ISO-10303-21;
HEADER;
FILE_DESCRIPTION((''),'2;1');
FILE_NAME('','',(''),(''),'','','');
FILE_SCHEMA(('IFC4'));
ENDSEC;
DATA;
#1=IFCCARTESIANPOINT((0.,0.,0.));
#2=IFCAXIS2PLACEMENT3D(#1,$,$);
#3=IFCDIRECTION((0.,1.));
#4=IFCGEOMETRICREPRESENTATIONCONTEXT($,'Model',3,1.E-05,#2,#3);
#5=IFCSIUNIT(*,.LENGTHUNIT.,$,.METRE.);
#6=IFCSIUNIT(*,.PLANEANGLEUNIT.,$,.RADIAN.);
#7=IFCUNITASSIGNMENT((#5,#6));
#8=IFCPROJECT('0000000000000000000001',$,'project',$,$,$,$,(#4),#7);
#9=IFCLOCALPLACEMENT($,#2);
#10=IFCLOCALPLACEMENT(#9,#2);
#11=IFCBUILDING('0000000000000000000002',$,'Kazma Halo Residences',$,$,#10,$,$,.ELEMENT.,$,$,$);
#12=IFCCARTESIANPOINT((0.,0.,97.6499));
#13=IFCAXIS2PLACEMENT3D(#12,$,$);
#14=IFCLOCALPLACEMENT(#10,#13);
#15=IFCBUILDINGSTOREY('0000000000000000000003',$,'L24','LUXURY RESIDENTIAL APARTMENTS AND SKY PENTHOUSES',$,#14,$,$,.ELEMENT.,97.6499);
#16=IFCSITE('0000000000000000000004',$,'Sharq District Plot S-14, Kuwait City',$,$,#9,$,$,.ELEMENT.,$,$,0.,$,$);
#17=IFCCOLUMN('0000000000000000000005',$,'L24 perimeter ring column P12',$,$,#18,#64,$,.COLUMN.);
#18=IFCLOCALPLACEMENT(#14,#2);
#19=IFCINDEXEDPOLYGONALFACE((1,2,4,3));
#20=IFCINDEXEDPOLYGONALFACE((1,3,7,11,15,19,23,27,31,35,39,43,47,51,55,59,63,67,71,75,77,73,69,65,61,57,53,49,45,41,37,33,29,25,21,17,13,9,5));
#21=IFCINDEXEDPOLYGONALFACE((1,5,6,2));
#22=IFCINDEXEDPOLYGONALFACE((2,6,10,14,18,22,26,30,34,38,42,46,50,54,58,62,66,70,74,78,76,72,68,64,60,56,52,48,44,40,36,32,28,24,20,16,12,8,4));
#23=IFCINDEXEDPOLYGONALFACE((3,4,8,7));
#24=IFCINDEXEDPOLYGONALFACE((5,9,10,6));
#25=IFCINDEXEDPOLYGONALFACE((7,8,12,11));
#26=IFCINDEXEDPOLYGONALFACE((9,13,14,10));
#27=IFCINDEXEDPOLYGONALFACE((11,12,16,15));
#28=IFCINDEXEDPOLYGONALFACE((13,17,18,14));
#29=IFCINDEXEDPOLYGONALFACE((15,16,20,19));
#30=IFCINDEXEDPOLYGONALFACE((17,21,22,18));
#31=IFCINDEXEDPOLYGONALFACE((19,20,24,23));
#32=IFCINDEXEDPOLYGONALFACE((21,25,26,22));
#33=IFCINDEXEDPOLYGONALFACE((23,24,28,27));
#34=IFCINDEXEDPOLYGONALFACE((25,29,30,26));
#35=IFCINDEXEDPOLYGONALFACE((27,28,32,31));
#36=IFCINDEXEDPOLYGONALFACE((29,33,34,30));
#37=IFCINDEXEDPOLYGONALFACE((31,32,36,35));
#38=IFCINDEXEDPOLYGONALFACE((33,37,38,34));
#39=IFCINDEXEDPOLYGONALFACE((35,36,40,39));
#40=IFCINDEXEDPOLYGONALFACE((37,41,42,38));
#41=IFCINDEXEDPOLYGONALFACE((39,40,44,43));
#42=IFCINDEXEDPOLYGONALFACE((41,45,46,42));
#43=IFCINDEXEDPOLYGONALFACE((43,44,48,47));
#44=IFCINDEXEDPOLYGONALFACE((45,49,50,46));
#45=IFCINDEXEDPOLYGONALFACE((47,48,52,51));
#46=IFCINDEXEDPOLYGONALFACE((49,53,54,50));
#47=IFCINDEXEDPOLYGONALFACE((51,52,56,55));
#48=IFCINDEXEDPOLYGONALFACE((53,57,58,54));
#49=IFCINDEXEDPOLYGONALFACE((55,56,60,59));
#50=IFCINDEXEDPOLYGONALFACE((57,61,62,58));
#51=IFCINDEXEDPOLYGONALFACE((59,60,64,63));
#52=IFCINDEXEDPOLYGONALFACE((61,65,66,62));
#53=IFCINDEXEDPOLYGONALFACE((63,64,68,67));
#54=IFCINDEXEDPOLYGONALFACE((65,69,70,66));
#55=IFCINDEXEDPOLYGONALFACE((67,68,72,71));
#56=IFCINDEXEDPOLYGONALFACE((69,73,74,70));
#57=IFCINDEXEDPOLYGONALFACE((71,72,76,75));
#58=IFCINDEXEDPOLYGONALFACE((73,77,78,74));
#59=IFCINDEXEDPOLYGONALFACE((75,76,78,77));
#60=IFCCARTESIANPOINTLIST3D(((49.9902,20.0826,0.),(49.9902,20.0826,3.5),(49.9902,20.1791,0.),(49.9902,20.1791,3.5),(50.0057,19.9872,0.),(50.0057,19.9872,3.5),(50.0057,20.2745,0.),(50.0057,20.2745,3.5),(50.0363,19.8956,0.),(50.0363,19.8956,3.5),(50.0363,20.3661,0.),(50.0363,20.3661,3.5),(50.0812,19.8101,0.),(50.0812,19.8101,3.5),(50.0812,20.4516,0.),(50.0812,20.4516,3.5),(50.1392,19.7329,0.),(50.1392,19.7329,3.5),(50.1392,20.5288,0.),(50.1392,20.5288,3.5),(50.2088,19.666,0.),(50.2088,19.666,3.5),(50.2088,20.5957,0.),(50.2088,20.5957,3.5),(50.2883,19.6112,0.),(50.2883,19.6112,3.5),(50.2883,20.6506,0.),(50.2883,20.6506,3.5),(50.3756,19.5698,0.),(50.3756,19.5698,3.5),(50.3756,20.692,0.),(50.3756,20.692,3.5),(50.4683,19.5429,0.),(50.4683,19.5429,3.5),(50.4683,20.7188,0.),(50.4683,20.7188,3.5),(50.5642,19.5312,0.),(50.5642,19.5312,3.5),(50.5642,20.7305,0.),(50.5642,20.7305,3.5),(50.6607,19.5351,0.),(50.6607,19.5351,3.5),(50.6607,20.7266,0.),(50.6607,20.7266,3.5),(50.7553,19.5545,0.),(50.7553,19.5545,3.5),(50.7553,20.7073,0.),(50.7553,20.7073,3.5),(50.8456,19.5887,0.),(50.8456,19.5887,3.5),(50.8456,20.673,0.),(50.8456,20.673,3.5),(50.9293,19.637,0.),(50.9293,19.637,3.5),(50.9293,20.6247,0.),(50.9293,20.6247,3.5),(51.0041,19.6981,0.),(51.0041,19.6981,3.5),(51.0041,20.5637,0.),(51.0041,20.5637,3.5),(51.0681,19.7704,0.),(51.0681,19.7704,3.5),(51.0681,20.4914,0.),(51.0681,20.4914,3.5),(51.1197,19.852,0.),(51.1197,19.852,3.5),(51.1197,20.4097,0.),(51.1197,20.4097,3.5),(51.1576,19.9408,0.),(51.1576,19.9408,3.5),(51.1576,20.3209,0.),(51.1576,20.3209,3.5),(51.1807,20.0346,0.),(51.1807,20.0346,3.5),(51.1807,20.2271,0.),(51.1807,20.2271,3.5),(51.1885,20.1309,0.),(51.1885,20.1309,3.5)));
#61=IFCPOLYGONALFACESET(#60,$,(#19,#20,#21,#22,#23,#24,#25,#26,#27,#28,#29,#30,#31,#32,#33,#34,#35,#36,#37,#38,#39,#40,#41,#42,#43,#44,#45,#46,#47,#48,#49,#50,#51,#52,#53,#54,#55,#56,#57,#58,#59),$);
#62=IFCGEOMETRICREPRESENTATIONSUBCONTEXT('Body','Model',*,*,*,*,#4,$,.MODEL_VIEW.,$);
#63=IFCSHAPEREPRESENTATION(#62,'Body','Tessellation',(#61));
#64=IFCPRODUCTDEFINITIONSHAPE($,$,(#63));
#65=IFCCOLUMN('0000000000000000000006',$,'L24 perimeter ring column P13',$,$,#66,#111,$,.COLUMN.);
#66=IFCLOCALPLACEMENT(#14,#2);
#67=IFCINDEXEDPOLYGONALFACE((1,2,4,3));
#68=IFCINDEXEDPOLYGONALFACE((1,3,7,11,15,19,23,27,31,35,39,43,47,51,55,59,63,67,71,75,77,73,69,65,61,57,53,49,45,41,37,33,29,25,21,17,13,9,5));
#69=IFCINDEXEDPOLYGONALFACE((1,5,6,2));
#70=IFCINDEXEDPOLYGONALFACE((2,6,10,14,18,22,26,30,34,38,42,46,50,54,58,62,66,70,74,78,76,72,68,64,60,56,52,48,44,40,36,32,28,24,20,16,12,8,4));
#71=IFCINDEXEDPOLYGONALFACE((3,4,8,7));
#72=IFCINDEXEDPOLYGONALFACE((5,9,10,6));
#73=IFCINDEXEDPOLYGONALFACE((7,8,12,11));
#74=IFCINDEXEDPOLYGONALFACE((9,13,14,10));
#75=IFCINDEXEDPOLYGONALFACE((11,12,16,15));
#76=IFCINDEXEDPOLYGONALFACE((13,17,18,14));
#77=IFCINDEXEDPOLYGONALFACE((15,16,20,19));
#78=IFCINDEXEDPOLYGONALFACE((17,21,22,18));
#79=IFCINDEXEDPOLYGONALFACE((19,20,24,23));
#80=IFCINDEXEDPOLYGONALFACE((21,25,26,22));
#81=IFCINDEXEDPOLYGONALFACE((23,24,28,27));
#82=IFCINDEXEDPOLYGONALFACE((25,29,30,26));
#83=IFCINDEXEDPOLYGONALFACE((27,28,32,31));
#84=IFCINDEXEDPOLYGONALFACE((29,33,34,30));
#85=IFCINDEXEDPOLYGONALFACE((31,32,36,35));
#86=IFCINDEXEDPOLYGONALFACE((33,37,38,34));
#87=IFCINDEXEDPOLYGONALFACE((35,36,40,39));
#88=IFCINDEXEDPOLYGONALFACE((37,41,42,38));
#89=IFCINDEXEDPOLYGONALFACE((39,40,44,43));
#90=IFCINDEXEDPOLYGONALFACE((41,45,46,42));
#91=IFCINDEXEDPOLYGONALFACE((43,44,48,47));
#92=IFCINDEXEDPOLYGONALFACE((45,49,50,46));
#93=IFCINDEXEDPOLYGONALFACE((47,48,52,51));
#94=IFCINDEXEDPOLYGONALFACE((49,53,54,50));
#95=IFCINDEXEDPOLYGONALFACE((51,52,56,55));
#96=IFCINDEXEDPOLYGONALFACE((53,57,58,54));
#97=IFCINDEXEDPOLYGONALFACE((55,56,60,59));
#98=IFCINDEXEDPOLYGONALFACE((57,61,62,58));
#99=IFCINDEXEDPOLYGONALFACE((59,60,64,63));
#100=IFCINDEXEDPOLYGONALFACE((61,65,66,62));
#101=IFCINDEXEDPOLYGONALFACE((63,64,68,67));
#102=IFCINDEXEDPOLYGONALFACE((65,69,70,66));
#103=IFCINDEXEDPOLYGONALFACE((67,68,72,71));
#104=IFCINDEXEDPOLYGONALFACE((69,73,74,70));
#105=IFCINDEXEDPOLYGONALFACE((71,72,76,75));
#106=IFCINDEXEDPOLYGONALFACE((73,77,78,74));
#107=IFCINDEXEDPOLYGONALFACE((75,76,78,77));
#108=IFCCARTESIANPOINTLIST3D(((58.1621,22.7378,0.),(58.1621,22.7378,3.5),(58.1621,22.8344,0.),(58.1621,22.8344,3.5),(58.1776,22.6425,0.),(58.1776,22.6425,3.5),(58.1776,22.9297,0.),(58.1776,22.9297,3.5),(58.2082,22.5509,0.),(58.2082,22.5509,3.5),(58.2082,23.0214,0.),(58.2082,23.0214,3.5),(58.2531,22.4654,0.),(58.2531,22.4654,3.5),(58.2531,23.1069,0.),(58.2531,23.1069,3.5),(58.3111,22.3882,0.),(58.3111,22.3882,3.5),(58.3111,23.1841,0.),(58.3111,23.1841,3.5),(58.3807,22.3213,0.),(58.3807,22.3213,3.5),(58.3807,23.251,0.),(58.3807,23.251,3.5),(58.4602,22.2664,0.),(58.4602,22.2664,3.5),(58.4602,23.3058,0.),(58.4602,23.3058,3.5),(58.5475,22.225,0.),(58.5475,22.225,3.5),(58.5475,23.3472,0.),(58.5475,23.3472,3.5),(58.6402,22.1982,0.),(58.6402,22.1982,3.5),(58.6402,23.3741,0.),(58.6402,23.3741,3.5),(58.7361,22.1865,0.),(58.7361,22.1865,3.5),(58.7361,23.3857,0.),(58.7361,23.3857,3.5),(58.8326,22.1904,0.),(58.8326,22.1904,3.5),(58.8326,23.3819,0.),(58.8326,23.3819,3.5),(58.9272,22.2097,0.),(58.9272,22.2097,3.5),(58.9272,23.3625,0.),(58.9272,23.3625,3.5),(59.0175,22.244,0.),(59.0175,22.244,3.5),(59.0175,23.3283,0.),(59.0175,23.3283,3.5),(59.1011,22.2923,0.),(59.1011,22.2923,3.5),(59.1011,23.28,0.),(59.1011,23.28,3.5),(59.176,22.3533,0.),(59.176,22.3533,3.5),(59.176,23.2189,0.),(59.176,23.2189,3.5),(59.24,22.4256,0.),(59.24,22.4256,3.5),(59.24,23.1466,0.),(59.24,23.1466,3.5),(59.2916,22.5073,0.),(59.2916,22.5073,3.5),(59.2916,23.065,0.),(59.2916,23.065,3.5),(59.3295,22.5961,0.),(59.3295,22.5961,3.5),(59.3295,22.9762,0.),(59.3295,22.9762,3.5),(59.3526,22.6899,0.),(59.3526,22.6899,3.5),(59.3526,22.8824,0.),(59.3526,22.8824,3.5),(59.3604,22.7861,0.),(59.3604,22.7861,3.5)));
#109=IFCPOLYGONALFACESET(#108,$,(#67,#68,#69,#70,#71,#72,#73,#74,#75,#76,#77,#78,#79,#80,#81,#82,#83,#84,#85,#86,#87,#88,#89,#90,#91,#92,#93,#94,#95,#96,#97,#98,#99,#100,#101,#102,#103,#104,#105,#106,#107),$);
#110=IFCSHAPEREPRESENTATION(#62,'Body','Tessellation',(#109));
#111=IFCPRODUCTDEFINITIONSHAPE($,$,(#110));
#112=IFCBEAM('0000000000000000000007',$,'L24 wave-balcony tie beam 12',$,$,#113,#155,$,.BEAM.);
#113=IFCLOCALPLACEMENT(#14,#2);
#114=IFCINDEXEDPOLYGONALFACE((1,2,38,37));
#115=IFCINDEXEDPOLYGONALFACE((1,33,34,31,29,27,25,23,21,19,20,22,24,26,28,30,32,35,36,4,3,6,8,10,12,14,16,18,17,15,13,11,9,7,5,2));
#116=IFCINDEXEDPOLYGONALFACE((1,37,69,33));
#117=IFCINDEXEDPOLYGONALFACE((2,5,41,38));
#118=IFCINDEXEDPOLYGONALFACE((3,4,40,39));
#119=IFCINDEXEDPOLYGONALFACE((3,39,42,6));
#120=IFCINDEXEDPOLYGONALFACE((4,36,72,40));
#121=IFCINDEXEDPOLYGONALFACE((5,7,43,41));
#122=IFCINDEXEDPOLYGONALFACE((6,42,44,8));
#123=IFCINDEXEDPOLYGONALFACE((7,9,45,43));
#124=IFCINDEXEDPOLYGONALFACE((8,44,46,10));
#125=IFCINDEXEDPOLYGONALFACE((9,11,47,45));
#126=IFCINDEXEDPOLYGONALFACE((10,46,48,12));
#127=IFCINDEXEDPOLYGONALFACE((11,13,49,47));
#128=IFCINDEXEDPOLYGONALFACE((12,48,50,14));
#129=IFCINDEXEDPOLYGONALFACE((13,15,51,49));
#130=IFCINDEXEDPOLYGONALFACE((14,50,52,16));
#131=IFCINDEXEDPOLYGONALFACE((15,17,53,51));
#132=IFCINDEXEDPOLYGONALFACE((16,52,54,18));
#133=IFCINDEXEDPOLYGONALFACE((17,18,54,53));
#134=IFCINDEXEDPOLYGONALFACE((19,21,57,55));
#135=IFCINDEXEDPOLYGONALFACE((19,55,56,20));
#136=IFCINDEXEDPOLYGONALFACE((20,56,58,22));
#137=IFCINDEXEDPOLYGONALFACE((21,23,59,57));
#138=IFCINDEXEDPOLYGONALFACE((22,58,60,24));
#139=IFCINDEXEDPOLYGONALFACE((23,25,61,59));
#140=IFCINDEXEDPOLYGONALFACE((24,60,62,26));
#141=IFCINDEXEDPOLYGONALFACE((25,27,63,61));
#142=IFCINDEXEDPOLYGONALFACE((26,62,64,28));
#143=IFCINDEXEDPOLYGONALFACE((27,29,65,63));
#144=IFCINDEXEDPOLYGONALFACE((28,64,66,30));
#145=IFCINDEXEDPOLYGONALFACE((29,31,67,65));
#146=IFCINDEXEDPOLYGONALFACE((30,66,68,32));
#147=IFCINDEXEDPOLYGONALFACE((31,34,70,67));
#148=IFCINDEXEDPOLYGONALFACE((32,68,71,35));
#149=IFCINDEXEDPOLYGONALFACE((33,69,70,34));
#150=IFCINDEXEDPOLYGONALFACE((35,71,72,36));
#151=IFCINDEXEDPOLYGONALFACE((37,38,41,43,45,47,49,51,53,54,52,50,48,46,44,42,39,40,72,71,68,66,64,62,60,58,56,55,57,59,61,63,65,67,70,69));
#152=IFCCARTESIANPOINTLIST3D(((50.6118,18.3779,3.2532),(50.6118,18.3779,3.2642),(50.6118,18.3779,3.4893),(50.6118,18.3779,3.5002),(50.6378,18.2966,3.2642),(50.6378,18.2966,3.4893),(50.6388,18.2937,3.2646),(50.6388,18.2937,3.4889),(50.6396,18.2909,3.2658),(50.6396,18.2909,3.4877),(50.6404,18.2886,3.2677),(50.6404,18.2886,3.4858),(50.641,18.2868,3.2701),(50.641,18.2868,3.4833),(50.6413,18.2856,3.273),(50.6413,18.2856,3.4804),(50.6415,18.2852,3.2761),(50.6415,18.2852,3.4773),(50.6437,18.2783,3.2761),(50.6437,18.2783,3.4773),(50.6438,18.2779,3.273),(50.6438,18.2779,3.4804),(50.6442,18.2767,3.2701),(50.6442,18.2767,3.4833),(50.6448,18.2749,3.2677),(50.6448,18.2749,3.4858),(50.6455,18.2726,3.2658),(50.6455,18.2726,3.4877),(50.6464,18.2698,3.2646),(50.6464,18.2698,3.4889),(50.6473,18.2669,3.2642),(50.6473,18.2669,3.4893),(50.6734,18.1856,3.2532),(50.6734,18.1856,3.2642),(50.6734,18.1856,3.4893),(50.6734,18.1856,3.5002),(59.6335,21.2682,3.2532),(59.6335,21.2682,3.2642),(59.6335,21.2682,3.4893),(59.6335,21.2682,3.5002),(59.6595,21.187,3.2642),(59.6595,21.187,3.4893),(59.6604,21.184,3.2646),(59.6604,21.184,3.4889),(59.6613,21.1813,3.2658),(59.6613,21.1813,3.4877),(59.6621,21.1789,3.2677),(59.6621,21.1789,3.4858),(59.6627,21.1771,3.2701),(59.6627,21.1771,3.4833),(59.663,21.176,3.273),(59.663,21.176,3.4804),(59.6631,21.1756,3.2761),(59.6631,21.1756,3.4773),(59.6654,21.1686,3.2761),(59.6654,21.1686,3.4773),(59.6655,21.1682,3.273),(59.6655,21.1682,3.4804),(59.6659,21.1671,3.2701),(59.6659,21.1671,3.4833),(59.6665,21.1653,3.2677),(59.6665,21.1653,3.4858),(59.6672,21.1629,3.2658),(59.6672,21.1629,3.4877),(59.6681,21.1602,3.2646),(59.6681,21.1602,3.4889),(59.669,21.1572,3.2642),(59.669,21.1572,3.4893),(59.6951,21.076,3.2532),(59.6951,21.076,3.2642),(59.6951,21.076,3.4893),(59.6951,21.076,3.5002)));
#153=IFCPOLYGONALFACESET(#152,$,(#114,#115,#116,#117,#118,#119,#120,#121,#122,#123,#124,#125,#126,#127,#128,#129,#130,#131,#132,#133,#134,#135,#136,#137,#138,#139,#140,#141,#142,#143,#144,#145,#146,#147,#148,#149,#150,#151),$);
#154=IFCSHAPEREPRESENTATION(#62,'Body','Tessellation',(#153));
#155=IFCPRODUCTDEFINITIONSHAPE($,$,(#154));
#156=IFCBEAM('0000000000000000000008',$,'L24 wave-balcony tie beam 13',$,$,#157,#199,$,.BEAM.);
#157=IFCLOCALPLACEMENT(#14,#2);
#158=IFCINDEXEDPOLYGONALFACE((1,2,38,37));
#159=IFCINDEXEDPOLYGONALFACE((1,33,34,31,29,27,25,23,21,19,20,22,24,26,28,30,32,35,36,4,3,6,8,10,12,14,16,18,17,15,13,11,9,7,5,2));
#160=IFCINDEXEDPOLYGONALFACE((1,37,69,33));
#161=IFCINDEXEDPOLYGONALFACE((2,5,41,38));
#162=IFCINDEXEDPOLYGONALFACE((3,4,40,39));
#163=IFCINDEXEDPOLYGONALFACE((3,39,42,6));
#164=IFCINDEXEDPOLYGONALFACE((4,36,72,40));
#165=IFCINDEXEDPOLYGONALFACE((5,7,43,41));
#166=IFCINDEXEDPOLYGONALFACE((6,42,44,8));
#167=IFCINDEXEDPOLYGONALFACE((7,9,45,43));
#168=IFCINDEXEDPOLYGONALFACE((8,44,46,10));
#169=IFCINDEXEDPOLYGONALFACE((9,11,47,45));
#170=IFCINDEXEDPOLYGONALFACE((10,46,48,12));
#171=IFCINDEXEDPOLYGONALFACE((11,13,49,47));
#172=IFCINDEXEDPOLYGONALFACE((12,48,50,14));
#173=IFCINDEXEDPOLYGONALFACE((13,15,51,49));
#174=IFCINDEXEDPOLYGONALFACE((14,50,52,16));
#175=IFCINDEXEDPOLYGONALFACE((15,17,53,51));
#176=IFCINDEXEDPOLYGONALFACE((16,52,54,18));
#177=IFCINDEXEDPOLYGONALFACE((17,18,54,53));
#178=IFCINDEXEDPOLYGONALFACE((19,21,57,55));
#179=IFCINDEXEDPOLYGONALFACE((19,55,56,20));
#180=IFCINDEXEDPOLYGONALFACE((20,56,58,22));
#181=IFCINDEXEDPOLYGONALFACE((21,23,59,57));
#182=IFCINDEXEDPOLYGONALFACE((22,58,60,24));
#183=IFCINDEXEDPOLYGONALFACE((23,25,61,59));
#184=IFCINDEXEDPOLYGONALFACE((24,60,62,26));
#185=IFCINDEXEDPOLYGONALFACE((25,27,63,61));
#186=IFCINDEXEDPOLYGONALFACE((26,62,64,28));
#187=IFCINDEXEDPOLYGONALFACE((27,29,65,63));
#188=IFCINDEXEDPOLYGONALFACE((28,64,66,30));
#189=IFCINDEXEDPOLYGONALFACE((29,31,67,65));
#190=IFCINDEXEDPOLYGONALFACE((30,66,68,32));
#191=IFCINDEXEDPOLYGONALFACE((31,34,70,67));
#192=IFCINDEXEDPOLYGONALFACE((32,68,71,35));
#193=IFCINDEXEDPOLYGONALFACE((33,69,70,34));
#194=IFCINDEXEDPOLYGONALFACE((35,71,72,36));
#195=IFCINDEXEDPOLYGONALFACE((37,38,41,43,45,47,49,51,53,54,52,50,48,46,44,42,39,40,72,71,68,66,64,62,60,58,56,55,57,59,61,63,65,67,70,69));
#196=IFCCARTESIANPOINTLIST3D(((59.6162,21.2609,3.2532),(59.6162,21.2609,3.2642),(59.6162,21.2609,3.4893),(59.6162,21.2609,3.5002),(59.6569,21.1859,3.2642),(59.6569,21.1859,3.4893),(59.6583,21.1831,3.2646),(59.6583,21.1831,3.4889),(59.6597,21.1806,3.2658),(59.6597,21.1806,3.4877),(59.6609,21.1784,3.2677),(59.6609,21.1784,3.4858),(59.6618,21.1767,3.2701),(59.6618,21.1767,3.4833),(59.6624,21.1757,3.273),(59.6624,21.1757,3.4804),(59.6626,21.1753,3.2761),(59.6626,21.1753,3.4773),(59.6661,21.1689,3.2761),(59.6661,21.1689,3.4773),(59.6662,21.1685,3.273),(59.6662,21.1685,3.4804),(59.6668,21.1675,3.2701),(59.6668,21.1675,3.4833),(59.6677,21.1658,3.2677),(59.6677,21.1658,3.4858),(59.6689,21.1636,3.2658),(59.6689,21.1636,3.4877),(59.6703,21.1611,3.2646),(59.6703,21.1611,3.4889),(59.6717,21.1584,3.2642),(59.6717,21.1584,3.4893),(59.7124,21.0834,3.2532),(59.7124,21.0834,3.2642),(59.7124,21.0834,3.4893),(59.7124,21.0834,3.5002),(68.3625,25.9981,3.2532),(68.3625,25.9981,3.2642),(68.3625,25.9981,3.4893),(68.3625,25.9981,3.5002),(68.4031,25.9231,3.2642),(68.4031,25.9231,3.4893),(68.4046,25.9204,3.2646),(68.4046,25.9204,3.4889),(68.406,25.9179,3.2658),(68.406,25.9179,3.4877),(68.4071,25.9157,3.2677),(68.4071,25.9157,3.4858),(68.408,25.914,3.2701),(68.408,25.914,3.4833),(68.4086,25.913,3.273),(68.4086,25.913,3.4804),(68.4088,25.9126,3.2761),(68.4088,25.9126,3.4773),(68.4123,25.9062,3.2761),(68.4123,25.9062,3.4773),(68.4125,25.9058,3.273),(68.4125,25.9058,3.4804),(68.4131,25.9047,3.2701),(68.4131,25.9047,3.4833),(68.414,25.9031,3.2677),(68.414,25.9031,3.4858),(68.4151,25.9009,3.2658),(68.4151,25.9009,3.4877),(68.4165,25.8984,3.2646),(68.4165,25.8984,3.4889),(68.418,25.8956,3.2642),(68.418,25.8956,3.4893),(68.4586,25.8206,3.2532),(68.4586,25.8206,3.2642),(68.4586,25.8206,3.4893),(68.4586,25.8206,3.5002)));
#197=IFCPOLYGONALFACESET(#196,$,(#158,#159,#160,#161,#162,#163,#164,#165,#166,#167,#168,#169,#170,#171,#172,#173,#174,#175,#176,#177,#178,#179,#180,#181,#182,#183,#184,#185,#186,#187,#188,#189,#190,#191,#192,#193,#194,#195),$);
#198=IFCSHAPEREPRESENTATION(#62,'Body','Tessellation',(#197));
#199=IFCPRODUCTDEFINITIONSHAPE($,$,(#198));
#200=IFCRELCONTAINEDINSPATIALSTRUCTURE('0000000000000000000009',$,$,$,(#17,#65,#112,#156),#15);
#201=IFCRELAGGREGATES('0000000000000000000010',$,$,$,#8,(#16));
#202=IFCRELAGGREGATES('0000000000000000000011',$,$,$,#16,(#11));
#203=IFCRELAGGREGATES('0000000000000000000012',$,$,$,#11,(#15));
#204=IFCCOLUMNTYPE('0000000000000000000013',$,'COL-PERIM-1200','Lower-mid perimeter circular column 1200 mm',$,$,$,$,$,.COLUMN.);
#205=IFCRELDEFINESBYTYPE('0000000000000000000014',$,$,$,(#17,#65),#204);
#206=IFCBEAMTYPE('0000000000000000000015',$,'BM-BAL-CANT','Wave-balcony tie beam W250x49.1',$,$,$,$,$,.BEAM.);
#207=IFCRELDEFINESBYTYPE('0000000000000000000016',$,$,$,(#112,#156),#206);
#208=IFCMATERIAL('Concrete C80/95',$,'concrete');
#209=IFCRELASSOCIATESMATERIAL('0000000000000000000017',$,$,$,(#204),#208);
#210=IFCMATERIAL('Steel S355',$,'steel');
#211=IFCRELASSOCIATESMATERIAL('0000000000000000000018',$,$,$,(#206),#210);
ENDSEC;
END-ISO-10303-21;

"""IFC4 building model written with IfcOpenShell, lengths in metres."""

from ifc_helpers import new_model, si_unit, direction, frame, origin, origin_2d, place, context, subcontext, project, spatial, circle, i_section, extrude, material, material_profile, profile_set, type_object, element, save


model = new_model("IFC4")

# Units and contexts
model_context = context("Model", 3, precision=1e-05, world=origin(), true_north=direction((0.0, 1.0)))
body_context = subcontext(model_context, "Body", "Model", "MODEL_VIEW")
ifc_project = project(units=[si_unit("LENGTHUNIT", "METRE"), si_unit("PLANEANGLEUNIT", "RADIAN")], contexts=[model_context])

# Site, building, storey
site_placement = place(None, origin())
site = spatial("IfcSite", under=ifc_project, at=site_placement, Name="Sharq District Plot S-14, Kuwait City", CompositionType="ELEMENT", RefElevation=0.0)
building_placement = place(site_placement, origin())
building = spatial("IfcBuilding", under=site, at=building_placement, Name="Kazma Halo Residences", CompositionType="ELEMENT")
storey_placement = place(building_placement, frame((0.0, 0.0, 97.6499)))
storey = spatial("IfcBuildingStorey", under=building, at=storey_placement, Name="L24", Description="LUXURY RESIDENTIAL APARTMENTS AND SKY PENTHOUSES", CompositionType="ELEMENT", Elevation=97.6499)

# Columns
ifc_material_1 = material(Name="Concrete C80/95", Category="concrete")
ifc_material_profile_1 = material_profile(ifc_material_1, circle(Radius=0.6001, at=origin_2d()), Name="CIRC1200")
ifc_profile_set_1 = profile_set([ifc_material_profile_1], Name="Concrete C80/95")
column_type = type_object("IfcColumnType", Name="COL-PERIM-1200", Description="Lower-mid perimeter circular column 1200 mm", PredefinedType="COLUMN", material=ifc_profile_set_1)
for number, where, z_axis, x_axis, name in (
    (1, (50.5884, 20.1309, 0.0), (0.0, 0.0, 1.0), (1.0, 0.0, 0.0), "L24 perimeter ring column P12"),
    (2, (58.7603, 22.7861, 0.0), (0.0, 0.0, 1.0), (1.0, 0.0, 0.0), "L24 perimeter ring column P13"),
):
    element("IfcColumn", number, at=place(storey_placement, frame(where, z_axis=z_axis, x_axis=x_axis)), inside=storey, type_object=column_type, Name=name, PredefinedType="COLUMN", context=body_context, shape_type="SweptSolid", body=[
        extrude(circle(Radius=0.6001, at=origin_2d()), origin(), (0.0, 0.0, 1.0), 3.5),
    ])

# Beams
ifc_material_2 = material(Name="Steel S355", Category="steel")
ifc_material_profile_2 = material_profile(ifc_material_2, i_section(OverallWidth=0.2019, OverallDepth=0.2471, WebThickness=0.0073, FlangeThickness=0.011, FilletRadius=0.012, at=origin_2d()), Name="W250x49.1")
ifc_profile_set_2 = profile_set([ifc_material_profile_2], Name="Steel S355")
beam_type_1 = type_object("IfcBeamType", Name="BM-BAL-CANT", Description="Wave-balcony tie beam W250x49.1", PredefinedType="BEAM", material=ifc_profile_set_2)
beam_1_placement = place(storey_placement, frame((50.6426, 18.2817, 3.3767), z_axis=(0.952319, 0.305104, 0.0), x_axis=(-0.305104, 0.952319, 0.0)))
element("IfcBeam", 3, at=beam_1_placement, inside=storey, type_object=beam_type_1, Name="L24 wave-balcony tie beam 12", PredefinedType="BEAM", context=body_context, shape_type="SweptSolid", body=[
    extrude(i_section(OverallWidth=0.2019, OverallDepth=0.2471, WebThickness=0.0073, FlangeThickness=0.011, FilletRadius=0.012, at=origin_2d()), origin(), (0.0, 0.0, 1.0), 9.4734),
])
beam_2_placement = place(storey_placement, frame((59.6643, 21.1721, 3.3767), z_axis=(0.879304, 0.47626, 0.0), x_axis=(-0.47626, 0.879304, 0.0)))
element("IfcBeam", 4, at=beam_2_placement, inside=storey, type_object=beam_type_1, Name="L24 wave-balcony tie beam 13", PredefinedType="BEAM", context=body_context, shape_type="SweptSolid", body=[
    extrude(i_section(OverallWidth=0.2019, OverallDepth=0.2471, WebThickness=0.0073, FlangeThickness=0.011, FilletRadius=0.012, at=origin_2d()), origin(), (0.0, 0.0, 1.0), 9.9468),
])

save(model, "model.ifc")
